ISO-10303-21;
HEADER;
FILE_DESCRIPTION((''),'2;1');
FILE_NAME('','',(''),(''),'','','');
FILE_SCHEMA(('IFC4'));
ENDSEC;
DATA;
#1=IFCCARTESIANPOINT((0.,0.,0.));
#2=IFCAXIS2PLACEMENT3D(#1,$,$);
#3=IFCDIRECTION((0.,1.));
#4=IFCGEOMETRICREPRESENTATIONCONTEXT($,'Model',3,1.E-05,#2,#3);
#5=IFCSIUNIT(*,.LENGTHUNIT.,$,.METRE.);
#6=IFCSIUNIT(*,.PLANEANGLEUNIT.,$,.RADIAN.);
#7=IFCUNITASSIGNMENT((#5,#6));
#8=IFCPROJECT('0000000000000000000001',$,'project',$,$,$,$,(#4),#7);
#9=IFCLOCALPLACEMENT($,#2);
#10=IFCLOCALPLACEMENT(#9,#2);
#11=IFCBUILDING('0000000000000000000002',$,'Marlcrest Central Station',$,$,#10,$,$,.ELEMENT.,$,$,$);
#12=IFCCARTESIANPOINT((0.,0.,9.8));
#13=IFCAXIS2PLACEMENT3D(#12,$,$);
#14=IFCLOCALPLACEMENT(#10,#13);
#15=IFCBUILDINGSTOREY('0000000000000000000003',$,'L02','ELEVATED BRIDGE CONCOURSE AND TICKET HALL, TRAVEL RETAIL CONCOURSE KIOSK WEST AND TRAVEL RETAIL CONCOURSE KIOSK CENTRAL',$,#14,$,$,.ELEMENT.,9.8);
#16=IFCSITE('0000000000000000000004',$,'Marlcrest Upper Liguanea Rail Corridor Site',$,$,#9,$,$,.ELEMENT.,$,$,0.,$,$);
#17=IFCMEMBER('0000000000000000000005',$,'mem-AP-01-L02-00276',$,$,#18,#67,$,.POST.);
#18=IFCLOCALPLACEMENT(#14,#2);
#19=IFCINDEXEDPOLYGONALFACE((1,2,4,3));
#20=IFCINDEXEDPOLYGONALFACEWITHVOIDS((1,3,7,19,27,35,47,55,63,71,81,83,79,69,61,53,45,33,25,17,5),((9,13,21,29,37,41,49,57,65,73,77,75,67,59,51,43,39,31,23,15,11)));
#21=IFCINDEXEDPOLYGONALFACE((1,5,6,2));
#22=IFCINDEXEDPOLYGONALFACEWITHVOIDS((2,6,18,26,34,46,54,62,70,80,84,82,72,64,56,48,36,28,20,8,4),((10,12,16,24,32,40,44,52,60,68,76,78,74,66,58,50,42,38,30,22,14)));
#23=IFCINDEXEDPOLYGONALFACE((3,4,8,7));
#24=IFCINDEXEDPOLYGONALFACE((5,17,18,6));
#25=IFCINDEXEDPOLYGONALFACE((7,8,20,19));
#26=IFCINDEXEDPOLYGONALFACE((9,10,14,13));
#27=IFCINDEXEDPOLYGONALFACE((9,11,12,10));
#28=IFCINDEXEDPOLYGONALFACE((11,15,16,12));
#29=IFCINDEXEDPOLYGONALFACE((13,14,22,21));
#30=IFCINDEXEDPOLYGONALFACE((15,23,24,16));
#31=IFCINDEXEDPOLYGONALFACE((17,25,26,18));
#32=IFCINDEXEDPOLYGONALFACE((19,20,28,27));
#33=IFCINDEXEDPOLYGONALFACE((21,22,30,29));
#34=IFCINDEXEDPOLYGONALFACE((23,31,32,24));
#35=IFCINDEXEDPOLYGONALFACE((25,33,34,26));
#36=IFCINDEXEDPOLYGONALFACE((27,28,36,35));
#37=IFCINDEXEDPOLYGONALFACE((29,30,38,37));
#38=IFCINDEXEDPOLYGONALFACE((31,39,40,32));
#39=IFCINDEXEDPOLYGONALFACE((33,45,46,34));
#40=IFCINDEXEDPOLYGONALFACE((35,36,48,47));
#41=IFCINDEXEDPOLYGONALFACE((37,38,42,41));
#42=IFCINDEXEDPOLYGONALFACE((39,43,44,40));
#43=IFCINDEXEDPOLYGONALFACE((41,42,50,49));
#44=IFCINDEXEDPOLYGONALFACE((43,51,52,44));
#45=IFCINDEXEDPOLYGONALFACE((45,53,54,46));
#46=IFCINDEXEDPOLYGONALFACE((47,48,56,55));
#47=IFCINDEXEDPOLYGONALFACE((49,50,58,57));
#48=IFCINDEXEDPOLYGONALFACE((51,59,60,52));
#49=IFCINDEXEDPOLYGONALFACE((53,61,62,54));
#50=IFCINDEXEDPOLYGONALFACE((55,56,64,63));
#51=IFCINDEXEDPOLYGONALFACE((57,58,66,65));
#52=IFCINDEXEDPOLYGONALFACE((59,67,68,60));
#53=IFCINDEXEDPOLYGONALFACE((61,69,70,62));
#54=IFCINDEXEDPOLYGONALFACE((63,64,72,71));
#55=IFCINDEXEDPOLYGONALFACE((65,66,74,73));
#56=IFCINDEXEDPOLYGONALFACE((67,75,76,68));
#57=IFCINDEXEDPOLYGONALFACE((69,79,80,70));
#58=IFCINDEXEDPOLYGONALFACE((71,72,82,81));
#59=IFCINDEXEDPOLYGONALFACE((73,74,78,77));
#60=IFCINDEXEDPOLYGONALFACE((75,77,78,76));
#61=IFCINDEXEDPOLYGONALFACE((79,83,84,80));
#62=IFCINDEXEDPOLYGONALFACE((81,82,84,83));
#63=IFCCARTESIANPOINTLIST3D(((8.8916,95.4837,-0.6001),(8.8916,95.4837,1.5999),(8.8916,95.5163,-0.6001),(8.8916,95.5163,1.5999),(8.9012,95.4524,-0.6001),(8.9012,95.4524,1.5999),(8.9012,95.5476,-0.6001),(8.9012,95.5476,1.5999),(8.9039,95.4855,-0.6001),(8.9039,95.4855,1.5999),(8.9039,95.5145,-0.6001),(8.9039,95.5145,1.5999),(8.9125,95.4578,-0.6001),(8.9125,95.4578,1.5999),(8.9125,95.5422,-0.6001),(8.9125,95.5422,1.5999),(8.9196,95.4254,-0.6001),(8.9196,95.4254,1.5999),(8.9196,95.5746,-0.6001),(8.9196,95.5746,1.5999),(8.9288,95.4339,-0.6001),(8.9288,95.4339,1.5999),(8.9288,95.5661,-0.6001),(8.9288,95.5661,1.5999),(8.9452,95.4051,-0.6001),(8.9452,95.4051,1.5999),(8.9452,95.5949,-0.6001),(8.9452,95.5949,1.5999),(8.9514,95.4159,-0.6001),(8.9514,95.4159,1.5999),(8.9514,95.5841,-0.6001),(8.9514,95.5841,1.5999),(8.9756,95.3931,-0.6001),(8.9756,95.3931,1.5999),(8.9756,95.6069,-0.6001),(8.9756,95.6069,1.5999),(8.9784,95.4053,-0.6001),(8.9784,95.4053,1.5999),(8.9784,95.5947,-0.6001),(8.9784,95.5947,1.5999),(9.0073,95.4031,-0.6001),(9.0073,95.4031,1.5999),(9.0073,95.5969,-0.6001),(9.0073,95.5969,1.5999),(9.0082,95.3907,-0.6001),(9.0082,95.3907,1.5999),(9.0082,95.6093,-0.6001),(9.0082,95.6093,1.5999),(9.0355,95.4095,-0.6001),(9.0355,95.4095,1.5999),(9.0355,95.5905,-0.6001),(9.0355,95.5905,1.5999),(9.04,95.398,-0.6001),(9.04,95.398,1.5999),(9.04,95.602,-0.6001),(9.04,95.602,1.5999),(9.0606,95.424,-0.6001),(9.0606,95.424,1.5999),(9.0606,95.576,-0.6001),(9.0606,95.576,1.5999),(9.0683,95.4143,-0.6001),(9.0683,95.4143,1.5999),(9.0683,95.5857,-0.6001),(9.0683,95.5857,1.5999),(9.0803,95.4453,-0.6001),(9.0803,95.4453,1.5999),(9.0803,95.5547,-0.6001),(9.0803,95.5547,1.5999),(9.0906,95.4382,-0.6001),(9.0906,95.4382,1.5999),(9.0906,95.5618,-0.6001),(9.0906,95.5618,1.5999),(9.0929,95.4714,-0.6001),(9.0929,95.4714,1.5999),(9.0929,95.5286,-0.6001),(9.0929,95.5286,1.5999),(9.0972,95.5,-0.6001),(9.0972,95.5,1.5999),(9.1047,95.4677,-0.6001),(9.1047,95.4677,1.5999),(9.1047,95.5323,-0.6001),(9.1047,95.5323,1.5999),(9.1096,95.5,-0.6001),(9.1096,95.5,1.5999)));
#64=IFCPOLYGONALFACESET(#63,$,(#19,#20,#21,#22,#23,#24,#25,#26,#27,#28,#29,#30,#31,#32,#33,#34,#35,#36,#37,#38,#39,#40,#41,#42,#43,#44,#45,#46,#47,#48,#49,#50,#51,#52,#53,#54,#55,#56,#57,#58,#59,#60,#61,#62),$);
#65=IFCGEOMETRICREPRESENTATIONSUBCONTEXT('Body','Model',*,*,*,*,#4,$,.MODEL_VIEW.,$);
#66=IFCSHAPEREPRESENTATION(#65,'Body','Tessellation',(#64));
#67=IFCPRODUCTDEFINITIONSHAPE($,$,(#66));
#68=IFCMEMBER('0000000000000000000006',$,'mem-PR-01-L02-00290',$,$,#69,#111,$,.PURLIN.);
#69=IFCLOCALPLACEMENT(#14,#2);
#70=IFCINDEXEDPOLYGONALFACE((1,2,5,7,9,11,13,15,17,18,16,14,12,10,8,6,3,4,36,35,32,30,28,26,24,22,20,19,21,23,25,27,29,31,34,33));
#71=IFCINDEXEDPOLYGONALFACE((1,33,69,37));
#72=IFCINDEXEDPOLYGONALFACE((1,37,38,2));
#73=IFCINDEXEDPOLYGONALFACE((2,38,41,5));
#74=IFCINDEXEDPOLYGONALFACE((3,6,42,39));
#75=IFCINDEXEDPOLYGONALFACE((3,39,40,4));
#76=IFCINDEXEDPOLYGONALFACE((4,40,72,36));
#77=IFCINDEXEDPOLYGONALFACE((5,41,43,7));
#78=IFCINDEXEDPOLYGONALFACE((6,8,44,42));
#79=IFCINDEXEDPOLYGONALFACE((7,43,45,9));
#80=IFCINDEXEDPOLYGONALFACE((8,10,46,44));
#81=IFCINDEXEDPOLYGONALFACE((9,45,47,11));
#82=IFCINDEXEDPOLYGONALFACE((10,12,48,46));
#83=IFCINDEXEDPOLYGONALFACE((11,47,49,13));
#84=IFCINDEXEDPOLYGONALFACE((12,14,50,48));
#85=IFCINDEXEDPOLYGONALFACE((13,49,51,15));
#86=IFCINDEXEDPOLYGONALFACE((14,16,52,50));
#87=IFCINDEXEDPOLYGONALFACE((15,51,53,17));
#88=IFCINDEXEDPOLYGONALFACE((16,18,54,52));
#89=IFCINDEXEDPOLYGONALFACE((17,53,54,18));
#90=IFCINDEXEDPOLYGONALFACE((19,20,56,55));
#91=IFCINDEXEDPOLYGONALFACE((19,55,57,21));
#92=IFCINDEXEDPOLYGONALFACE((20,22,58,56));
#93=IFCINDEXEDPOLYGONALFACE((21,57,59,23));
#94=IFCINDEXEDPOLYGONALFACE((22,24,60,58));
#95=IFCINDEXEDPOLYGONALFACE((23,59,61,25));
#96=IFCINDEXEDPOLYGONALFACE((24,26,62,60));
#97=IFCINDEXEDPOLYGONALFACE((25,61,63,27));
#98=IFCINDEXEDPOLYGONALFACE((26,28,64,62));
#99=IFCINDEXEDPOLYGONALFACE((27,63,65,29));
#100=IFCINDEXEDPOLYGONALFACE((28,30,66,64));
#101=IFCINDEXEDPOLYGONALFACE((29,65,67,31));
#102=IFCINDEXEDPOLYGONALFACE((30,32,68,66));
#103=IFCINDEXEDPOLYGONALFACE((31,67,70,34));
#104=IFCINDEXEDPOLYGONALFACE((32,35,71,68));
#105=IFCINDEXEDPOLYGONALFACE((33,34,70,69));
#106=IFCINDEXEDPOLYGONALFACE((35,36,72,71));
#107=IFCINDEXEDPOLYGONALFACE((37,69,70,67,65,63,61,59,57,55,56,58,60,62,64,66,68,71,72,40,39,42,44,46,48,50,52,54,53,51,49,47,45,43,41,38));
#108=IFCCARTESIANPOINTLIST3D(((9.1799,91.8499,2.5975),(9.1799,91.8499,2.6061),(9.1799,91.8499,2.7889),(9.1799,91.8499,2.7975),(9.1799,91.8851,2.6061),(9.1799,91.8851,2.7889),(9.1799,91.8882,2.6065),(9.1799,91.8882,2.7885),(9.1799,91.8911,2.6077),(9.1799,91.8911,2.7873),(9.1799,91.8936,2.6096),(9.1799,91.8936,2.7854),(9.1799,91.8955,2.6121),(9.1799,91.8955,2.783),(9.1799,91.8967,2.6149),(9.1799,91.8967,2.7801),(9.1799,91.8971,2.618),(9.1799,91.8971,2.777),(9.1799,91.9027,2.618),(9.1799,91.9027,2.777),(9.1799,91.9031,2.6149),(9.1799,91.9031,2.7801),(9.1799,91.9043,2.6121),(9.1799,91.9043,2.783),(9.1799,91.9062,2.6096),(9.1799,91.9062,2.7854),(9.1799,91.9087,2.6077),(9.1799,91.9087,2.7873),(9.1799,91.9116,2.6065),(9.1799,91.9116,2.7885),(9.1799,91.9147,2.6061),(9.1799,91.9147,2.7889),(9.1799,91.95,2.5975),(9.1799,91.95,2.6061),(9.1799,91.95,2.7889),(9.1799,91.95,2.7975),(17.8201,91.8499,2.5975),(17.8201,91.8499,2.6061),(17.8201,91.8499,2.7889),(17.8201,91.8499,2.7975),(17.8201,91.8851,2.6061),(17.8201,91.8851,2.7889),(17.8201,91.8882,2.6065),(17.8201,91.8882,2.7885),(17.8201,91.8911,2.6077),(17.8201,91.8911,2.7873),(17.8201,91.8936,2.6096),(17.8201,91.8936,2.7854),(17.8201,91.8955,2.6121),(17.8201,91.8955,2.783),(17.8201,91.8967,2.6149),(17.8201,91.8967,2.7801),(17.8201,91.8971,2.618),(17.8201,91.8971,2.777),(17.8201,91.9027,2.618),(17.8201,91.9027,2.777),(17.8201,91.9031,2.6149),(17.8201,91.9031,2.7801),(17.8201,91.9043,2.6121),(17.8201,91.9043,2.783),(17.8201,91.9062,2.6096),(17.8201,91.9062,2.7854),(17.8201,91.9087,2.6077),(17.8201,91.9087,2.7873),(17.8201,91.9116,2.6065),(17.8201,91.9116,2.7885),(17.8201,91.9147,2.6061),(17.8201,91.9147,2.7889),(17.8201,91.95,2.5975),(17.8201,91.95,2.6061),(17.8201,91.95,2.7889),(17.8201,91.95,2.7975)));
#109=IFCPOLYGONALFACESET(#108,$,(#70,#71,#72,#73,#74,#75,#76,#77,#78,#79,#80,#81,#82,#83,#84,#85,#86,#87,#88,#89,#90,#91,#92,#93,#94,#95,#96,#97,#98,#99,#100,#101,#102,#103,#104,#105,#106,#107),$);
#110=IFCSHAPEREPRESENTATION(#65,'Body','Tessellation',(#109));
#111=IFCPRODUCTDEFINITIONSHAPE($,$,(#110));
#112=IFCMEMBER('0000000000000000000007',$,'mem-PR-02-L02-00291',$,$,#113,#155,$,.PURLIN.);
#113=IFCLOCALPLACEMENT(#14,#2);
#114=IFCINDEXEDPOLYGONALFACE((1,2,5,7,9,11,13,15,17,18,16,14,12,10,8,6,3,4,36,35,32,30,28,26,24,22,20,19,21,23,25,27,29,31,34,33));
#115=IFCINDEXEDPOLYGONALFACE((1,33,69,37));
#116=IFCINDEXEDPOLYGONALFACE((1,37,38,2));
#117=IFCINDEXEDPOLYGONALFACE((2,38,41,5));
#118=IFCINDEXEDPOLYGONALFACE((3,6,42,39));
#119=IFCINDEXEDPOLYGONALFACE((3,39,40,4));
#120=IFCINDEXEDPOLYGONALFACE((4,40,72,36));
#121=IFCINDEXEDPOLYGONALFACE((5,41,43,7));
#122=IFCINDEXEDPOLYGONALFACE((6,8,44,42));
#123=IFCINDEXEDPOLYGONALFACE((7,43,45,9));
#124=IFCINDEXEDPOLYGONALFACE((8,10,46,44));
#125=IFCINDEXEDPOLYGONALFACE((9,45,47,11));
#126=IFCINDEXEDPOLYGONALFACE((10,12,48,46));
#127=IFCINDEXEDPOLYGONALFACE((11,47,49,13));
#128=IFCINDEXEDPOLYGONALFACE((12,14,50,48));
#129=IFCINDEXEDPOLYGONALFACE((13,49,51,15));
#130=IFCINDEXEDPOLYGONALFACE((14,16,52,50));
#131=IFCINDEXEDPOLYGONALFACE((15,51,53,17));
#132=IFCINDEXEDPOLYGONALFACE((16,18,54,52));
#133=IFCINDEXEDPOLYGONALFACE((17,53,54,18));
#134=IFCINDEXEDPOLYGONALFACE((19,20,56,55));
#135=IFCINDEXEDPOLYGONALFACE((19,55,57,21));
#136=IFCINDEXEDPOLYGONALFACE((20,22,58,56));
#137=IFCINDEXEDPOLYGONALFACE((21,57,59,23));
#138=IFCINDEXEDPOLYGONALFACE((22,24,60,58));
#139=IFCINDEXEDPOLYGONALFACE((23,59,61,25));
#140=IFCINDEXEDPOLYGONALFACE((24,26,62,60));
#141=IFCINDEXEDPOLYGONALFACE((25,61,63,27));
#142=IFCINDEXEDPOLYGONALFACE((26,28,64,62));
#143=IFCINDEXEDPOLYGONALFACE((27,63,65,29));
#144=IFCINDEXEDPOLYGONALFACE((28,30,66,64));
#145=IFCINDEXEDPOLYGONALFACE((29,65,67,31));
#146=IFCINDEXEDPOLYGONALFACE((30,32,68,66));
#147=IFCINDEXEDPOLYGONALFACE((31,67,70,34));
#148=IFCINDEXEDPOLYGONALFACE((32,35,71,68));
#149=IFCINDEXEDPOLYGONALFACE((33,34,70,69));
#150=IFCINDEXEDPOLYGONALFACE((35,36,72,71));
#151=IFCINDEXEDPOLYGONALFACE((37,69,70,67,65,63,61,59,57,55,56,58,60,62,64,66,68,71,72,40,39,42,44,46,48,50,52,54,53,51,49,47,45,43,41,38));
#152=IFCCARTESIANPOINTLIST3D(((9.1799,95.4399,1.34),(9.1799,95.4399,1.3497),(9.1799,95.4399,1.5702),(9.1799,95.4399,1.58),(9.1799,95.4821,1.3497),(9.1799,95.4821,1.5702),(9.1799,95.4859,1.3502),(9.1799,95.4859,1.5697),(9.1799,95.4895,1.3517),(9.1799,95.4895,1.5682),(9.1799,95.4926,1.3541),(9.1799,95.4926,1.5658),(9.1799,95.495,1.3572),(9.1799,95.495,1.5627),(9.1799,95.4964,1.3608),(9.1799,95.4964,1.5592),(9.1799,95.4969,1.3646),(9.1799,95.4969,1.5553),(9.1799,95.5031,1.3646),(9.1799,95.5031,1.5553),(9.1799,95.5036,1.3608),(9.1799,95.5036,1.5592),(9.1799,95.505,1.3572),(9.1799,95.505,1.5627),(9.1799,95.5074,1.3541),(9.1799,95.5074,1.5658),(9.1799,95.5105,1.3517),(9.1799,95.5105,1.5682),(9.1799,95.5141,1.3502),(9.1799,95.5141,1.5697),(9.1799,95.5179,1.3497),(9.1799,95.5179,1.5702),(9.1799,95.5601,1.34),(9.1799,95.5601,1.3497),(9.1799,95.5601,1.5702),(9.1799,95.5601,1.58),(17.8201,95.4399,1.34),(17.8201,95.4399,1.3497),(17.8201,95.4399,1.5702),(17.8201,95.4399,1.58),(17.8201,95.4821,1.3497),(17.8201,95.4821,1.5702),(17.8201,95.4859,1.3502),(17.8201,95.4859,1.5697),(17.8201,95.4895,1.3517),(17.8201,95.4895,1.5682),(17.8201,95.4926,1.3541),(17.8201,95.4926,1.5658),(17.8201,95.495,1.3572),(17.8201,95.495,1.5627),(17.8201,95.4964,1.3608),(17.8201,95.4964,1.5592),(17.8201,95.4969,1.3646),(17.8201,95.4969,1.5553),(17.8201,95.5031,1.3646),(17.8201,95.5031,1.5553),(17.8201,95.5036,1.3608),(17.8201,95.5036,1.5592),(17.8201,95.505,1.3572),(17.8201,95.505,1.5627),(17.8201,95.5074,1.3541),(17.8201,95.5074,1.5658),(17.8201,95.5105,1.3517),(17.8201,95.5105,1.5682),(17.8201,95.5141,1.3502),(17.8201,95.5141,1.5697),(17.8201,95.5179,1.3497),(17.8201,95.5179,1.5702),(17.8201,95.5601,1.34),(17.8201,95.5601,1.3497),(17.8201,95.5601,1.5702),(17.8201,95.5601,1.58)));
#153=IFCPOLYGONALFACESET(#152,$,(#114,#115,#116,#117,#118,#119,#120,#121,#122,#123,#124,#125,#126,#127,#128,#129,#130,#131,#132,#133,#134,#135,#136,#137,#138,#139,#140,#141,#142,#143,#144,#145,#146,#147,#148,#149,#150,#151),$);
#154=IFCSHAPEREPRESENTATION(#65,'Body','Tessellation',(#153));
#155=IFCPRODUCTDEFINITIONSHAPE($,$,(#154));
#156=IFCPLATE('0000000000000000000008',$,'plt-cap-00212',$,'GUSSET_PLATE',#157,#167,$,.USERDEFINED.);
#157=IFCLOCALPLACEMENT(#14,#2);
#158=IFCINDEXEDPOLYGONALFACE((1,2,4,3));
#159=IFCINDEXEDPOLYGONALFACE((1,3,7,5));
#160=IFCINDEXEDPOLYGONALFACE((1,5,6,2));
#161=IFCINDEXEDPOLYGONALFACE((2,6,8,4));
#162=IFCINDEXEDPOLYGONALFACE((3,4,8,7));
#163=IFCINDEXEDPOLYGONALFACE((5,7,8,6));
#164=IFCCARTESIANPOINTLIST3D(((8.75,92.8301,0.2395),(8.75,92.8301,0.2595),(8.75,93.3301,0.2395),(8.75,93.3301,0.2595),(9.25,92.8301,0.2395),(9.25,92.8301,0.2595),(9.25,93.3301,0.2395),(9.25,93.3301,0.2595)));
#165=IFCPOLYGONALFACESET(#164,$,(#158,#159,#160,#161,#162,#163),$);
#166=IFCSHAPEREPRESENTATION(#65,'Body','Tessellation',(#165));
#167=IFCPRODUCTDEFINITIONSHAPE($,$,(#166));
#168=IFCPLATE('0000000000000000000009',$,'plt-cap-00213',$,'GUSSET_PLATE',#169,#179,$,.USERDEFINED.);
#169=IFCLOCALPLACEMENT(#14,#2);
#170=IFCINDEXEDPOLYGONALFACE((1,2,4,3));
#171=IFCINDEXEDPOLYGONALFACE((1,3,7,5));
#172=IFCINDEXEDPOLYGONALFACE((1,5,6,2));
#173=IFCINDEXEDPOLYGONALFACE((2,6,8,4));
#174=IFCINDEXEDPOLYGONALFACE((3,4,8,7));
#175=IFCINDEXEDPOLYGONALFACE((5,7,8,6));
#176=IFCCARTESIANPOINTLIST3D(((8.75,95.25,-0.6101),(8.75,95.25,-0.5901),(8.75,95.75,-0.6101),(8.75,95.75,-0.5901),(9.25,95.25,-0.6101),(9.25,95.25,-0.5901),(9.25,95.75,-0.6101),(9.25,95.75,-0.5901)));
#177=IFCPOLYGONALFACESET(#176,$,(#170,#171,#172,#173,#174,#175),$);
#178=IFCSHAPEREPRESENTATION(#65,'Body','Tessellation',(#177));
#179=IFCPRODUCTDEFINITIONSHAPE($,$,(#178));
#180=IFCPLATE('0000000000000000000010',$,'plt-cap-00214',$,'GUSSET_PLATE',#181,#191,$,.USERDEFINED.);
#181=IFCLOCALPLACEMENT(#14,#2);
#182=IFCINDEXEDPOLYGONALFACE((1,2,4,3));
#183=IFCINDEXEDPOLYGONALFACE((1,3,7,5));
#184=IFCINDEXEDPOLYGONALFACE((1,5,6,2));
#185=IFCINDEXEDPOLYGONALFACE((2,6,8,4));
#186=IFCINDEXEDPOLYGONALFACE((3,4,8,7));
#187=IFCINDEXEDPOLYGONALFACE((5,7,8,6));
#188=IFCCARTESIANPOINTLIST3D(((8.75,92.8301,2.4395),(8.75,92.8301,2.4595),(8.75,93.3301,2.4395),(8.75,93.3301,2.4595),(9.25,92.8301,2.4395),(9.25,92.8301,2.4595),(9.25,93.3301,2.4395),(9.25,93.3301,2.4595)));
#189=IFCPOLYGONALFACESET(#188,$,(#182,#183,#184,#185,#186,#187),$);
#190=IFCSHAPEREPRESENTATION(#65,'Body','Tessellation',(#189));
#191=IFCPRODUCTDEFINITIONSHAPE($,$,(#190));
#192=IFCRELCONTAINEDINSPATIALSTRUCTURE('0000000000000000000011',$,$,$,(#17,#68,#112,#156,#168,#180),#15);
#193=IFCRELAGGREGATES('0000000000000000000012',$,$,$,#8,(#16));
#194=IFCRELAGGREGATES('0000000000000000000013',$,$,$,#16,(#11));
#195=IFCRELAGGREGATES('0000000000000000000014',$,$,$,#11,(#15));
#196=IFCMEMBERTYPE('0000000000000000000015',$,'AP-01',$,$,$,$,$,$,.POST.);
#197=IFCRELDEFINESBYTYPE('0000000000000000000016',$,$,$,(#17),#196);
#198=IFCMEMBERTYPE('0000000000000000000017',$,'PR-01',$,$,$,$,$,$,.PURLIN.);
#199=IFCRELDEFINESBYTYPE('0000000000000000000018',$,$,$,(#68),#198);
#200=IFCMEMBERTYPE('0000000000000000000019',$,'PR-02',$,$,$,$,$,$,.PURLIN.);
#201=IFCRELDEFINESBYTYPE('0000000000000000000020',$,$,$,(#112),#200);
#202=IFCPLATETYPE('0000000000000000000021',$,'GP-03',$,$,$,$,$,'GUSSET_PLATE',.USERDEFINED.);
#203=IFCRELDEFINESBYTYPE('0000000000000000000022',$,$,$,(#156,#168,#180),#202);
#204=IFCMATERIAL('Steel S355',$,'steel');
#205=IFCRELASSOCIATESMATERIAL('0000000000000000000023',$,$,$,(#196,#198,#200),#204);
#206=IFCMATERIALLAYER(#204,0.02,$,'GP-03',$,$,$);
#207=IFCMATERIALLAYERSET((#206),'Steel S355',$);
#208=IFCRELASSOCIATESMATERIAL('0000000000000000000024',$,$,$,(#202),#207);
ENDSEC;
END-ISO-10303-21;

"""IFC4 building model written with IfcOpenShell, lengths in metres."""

from ifc_helpers import new_model, si_unit, direction, frame, origin, origin_2d, place, context, subcontext, project, spatial, rectangle, hollow_circle, i_section, extrude, material, layer, layer_set, material_profile, profile_set, type_object, element, save


model = new_model("IFC4")

# Units and contexts
model_context = context("Model", 3, precision=1e-05, world=origin(), true_north=direction((0.0, 1.0)))
body_context = subcontext(model_context, "Body", "Model", "MODEL_VIEW")
ifc_project = project(units=[si_unit("LENGTHUNIT", "METRE"), si_unit("PLANEANGLEUNIT", "RADIAN")], contexts=[model_context])

# Site, building, storey
site_placement = place(None, origin())
site = spatial("IfcSite", under=ifc_project, at=site_placement, Name="Marlcrest Upper Liguanea Rail Corridor Site", CompositionType="ELEMENT", RefElevation=0.0)
building_placement = place(site_placement, origin())
building = spatial("IfcBuilding", under=site, at=building_placement, Name="Marlcrest Central Station", CompositionType="ELEMENT")
storey_placement = place(building_placement, frame((0.0, 0.0, 9.8)))
storey = spatial("IfcBuildingStorey", under=building, at=storey_placement, Name="L02", Description="ELEVATED BRIDGE CONCOURSE AND TICKET HALL, TRAVEL RETAIL CONCOURSE KIOSK WEST AND TRAVEL RETAIL CONCOURSE KIOSK CENTRAL", CompositionType="ELEMENT", Elevation=9.8)

# Members
ifc_material_1 = material(Name="Steel S355", Category="steel")
ifc_material_profile_1 = material_profile(ifc_material_1, hollow_circle(Radius=0.1096, WallThickness=0.0125, at=origin_2d()), Name="CHS 219.1x12.5")
ifc_profile_set_1 = profile_set([ifc_material_profile_1], Name="Steel S355")
member_type_1 = type_object("IfcMemberType", Name="AP-01", PredefinedType="POST", material=ifc_profile_set_1)
for number, where, z_axis, x_axis, name in (
    (1, (9.0, 95.5, -0.6001), (0.0, 0.0, 1.0), (1.0, 0.0, 0.0), "mem-AP-01-L02-00276"),
):
    element("IfcMember", number, at=place(storey_placement, frame(where, z_axis=z_axis, x_axis=x_axis)), inside=storey, type_object=member_type_1, Name=name, PredefinedType="POST", context=body_context, shape_type="SweptSolid", body=[
        extrude(hollow_circle(Radius=0.1096, WallThickness=0.0125, at=origin_2d()), origin(), (0.0, 0.0, 1.0), 2.2),
    ])
ifc_material_profile_2 = material_profile(ifc_material_1, i_section(OverallWidth=0.1001, OverallDepth=0.2, WebThickness=0.0056, FlangeThickness=0.0085, FilletRadius=0.012, at=origin_2d()), Name="IPE 200")
ifc_profile_set_2 = profile_set([ifc_material_profile_2], Name="Steel S355")
member_type_2 = type_object("IfcMemberType", Name="PR-01", PredefinedType="PURLIN", material=ifc_profile_set_2)
member_1_placement = place(storey_placement, frame((9.1799, 91.8999, 2.6975), z_axis=(1.0, 0.0, 0.0), x_axis=(0.0, 1.0, 0.0)))
element("IfcMember", 2, at=member_1_placement, inside=storey, type_object=member_type_2, Name="mem-PR-01-L02-00290", PredefinedType="PURLIN", context=body_context, shape_type="SweptSolid", body=[
    extrude(i_section(OverallWidth=0.1001, OverallDepth=0.2, WebThickness=0.0056, FlangeThickness=0.0085, FilletRadius=0.012, at=origin_2d()), origin(), (0.0, 0.0, 1.0), 8.6401),
])
ifc_material_profile_3 = material_profile(ifc_material_1, i_section(OverallWidth=0.1201, OverallDepth=0.24, WebThickness=0.0061, FlangeThickness=0.0098, FilletRadius=0.0149, at=origin_2d()), Name="IPE 240")
ifc_profile_set_3 = profile_set([ifc_material_profile_3], Name="Steel S355")
member_type_3 = type_object("IfcMemberType", Name="PR-02", PredefinedType="PURLIN", material=ifc_profile_set_3)
member_2_placement = place(storey_placement, frame((9.1799, 95.5, 1.46), z_axis=(1.0, 0.0, 0.0), x_axis=(0.0, 1.0, 0.0)))
element("IfcMember", 3, at=member_2_placement, inside=storey, type_object=member_type_3, Name="mem-PR-02-L02-00291", PredefinedType="PURLIN", context=body_context, shape_type="SweptSolid", body=[
    extrude(i_section(OverallWidth=0.1201, OverallDepth=0.24, WebThickness=0.0061, FlangeThickness=0.0098, FilletRadius=0.0149, at=origin_2d()), origin(), (0.0, 0.0, 1.0), 8.6401),
])

# Plates
ifc_layer_1 = layer(ifc_material_1, 0.02, Name="GP-03")
ifc_layer_set_1 = layer_set([ifc_layer_1], Name="Steel S355")
plate_type = type_object("IfcPlateType", Name="GP-03", ElementType="GUSSET_PLATE", PredefinedType="USERDEFINED", material=ifc_layer_set_1)
for number, where, z_axis, x_axis, name in (
    (4, (9.0, 93.0801, 0.2395), (0.0, 0.0, 1.0), (1.0, 0.0, 0.0), "plt-cap-00212"),
    (5, (9.0, 95.5, -0.6101), (0.0, 0.0, 1.0), (1.0, 0.0, 0.0), "plt-cap-00213"),
    (6, (9.0, 93.0801, 2.4395), (0.0, 0.0, 1.0), (1.0, 0.0, 0.0), "plt-cap-00214"),
):
    element("IfcPlate", number, at=place(storey_placement, frame(where, z_axis=z_axis, x_axis=x_axis)), inside=storey, type_object=plate_type, Name=name, ObjectType="GUSSET_PLATE", PredefinedType="USERDEFINED", context=body_context, shape_type="SweptSolid", body=[
        extrude(rectangle(XDim=0.5, YDim=0.5, at=origin_2d()), origin(), (0.0, 0.0, 1.0), 0.02),
    ])

save(model, "model.ifc")
